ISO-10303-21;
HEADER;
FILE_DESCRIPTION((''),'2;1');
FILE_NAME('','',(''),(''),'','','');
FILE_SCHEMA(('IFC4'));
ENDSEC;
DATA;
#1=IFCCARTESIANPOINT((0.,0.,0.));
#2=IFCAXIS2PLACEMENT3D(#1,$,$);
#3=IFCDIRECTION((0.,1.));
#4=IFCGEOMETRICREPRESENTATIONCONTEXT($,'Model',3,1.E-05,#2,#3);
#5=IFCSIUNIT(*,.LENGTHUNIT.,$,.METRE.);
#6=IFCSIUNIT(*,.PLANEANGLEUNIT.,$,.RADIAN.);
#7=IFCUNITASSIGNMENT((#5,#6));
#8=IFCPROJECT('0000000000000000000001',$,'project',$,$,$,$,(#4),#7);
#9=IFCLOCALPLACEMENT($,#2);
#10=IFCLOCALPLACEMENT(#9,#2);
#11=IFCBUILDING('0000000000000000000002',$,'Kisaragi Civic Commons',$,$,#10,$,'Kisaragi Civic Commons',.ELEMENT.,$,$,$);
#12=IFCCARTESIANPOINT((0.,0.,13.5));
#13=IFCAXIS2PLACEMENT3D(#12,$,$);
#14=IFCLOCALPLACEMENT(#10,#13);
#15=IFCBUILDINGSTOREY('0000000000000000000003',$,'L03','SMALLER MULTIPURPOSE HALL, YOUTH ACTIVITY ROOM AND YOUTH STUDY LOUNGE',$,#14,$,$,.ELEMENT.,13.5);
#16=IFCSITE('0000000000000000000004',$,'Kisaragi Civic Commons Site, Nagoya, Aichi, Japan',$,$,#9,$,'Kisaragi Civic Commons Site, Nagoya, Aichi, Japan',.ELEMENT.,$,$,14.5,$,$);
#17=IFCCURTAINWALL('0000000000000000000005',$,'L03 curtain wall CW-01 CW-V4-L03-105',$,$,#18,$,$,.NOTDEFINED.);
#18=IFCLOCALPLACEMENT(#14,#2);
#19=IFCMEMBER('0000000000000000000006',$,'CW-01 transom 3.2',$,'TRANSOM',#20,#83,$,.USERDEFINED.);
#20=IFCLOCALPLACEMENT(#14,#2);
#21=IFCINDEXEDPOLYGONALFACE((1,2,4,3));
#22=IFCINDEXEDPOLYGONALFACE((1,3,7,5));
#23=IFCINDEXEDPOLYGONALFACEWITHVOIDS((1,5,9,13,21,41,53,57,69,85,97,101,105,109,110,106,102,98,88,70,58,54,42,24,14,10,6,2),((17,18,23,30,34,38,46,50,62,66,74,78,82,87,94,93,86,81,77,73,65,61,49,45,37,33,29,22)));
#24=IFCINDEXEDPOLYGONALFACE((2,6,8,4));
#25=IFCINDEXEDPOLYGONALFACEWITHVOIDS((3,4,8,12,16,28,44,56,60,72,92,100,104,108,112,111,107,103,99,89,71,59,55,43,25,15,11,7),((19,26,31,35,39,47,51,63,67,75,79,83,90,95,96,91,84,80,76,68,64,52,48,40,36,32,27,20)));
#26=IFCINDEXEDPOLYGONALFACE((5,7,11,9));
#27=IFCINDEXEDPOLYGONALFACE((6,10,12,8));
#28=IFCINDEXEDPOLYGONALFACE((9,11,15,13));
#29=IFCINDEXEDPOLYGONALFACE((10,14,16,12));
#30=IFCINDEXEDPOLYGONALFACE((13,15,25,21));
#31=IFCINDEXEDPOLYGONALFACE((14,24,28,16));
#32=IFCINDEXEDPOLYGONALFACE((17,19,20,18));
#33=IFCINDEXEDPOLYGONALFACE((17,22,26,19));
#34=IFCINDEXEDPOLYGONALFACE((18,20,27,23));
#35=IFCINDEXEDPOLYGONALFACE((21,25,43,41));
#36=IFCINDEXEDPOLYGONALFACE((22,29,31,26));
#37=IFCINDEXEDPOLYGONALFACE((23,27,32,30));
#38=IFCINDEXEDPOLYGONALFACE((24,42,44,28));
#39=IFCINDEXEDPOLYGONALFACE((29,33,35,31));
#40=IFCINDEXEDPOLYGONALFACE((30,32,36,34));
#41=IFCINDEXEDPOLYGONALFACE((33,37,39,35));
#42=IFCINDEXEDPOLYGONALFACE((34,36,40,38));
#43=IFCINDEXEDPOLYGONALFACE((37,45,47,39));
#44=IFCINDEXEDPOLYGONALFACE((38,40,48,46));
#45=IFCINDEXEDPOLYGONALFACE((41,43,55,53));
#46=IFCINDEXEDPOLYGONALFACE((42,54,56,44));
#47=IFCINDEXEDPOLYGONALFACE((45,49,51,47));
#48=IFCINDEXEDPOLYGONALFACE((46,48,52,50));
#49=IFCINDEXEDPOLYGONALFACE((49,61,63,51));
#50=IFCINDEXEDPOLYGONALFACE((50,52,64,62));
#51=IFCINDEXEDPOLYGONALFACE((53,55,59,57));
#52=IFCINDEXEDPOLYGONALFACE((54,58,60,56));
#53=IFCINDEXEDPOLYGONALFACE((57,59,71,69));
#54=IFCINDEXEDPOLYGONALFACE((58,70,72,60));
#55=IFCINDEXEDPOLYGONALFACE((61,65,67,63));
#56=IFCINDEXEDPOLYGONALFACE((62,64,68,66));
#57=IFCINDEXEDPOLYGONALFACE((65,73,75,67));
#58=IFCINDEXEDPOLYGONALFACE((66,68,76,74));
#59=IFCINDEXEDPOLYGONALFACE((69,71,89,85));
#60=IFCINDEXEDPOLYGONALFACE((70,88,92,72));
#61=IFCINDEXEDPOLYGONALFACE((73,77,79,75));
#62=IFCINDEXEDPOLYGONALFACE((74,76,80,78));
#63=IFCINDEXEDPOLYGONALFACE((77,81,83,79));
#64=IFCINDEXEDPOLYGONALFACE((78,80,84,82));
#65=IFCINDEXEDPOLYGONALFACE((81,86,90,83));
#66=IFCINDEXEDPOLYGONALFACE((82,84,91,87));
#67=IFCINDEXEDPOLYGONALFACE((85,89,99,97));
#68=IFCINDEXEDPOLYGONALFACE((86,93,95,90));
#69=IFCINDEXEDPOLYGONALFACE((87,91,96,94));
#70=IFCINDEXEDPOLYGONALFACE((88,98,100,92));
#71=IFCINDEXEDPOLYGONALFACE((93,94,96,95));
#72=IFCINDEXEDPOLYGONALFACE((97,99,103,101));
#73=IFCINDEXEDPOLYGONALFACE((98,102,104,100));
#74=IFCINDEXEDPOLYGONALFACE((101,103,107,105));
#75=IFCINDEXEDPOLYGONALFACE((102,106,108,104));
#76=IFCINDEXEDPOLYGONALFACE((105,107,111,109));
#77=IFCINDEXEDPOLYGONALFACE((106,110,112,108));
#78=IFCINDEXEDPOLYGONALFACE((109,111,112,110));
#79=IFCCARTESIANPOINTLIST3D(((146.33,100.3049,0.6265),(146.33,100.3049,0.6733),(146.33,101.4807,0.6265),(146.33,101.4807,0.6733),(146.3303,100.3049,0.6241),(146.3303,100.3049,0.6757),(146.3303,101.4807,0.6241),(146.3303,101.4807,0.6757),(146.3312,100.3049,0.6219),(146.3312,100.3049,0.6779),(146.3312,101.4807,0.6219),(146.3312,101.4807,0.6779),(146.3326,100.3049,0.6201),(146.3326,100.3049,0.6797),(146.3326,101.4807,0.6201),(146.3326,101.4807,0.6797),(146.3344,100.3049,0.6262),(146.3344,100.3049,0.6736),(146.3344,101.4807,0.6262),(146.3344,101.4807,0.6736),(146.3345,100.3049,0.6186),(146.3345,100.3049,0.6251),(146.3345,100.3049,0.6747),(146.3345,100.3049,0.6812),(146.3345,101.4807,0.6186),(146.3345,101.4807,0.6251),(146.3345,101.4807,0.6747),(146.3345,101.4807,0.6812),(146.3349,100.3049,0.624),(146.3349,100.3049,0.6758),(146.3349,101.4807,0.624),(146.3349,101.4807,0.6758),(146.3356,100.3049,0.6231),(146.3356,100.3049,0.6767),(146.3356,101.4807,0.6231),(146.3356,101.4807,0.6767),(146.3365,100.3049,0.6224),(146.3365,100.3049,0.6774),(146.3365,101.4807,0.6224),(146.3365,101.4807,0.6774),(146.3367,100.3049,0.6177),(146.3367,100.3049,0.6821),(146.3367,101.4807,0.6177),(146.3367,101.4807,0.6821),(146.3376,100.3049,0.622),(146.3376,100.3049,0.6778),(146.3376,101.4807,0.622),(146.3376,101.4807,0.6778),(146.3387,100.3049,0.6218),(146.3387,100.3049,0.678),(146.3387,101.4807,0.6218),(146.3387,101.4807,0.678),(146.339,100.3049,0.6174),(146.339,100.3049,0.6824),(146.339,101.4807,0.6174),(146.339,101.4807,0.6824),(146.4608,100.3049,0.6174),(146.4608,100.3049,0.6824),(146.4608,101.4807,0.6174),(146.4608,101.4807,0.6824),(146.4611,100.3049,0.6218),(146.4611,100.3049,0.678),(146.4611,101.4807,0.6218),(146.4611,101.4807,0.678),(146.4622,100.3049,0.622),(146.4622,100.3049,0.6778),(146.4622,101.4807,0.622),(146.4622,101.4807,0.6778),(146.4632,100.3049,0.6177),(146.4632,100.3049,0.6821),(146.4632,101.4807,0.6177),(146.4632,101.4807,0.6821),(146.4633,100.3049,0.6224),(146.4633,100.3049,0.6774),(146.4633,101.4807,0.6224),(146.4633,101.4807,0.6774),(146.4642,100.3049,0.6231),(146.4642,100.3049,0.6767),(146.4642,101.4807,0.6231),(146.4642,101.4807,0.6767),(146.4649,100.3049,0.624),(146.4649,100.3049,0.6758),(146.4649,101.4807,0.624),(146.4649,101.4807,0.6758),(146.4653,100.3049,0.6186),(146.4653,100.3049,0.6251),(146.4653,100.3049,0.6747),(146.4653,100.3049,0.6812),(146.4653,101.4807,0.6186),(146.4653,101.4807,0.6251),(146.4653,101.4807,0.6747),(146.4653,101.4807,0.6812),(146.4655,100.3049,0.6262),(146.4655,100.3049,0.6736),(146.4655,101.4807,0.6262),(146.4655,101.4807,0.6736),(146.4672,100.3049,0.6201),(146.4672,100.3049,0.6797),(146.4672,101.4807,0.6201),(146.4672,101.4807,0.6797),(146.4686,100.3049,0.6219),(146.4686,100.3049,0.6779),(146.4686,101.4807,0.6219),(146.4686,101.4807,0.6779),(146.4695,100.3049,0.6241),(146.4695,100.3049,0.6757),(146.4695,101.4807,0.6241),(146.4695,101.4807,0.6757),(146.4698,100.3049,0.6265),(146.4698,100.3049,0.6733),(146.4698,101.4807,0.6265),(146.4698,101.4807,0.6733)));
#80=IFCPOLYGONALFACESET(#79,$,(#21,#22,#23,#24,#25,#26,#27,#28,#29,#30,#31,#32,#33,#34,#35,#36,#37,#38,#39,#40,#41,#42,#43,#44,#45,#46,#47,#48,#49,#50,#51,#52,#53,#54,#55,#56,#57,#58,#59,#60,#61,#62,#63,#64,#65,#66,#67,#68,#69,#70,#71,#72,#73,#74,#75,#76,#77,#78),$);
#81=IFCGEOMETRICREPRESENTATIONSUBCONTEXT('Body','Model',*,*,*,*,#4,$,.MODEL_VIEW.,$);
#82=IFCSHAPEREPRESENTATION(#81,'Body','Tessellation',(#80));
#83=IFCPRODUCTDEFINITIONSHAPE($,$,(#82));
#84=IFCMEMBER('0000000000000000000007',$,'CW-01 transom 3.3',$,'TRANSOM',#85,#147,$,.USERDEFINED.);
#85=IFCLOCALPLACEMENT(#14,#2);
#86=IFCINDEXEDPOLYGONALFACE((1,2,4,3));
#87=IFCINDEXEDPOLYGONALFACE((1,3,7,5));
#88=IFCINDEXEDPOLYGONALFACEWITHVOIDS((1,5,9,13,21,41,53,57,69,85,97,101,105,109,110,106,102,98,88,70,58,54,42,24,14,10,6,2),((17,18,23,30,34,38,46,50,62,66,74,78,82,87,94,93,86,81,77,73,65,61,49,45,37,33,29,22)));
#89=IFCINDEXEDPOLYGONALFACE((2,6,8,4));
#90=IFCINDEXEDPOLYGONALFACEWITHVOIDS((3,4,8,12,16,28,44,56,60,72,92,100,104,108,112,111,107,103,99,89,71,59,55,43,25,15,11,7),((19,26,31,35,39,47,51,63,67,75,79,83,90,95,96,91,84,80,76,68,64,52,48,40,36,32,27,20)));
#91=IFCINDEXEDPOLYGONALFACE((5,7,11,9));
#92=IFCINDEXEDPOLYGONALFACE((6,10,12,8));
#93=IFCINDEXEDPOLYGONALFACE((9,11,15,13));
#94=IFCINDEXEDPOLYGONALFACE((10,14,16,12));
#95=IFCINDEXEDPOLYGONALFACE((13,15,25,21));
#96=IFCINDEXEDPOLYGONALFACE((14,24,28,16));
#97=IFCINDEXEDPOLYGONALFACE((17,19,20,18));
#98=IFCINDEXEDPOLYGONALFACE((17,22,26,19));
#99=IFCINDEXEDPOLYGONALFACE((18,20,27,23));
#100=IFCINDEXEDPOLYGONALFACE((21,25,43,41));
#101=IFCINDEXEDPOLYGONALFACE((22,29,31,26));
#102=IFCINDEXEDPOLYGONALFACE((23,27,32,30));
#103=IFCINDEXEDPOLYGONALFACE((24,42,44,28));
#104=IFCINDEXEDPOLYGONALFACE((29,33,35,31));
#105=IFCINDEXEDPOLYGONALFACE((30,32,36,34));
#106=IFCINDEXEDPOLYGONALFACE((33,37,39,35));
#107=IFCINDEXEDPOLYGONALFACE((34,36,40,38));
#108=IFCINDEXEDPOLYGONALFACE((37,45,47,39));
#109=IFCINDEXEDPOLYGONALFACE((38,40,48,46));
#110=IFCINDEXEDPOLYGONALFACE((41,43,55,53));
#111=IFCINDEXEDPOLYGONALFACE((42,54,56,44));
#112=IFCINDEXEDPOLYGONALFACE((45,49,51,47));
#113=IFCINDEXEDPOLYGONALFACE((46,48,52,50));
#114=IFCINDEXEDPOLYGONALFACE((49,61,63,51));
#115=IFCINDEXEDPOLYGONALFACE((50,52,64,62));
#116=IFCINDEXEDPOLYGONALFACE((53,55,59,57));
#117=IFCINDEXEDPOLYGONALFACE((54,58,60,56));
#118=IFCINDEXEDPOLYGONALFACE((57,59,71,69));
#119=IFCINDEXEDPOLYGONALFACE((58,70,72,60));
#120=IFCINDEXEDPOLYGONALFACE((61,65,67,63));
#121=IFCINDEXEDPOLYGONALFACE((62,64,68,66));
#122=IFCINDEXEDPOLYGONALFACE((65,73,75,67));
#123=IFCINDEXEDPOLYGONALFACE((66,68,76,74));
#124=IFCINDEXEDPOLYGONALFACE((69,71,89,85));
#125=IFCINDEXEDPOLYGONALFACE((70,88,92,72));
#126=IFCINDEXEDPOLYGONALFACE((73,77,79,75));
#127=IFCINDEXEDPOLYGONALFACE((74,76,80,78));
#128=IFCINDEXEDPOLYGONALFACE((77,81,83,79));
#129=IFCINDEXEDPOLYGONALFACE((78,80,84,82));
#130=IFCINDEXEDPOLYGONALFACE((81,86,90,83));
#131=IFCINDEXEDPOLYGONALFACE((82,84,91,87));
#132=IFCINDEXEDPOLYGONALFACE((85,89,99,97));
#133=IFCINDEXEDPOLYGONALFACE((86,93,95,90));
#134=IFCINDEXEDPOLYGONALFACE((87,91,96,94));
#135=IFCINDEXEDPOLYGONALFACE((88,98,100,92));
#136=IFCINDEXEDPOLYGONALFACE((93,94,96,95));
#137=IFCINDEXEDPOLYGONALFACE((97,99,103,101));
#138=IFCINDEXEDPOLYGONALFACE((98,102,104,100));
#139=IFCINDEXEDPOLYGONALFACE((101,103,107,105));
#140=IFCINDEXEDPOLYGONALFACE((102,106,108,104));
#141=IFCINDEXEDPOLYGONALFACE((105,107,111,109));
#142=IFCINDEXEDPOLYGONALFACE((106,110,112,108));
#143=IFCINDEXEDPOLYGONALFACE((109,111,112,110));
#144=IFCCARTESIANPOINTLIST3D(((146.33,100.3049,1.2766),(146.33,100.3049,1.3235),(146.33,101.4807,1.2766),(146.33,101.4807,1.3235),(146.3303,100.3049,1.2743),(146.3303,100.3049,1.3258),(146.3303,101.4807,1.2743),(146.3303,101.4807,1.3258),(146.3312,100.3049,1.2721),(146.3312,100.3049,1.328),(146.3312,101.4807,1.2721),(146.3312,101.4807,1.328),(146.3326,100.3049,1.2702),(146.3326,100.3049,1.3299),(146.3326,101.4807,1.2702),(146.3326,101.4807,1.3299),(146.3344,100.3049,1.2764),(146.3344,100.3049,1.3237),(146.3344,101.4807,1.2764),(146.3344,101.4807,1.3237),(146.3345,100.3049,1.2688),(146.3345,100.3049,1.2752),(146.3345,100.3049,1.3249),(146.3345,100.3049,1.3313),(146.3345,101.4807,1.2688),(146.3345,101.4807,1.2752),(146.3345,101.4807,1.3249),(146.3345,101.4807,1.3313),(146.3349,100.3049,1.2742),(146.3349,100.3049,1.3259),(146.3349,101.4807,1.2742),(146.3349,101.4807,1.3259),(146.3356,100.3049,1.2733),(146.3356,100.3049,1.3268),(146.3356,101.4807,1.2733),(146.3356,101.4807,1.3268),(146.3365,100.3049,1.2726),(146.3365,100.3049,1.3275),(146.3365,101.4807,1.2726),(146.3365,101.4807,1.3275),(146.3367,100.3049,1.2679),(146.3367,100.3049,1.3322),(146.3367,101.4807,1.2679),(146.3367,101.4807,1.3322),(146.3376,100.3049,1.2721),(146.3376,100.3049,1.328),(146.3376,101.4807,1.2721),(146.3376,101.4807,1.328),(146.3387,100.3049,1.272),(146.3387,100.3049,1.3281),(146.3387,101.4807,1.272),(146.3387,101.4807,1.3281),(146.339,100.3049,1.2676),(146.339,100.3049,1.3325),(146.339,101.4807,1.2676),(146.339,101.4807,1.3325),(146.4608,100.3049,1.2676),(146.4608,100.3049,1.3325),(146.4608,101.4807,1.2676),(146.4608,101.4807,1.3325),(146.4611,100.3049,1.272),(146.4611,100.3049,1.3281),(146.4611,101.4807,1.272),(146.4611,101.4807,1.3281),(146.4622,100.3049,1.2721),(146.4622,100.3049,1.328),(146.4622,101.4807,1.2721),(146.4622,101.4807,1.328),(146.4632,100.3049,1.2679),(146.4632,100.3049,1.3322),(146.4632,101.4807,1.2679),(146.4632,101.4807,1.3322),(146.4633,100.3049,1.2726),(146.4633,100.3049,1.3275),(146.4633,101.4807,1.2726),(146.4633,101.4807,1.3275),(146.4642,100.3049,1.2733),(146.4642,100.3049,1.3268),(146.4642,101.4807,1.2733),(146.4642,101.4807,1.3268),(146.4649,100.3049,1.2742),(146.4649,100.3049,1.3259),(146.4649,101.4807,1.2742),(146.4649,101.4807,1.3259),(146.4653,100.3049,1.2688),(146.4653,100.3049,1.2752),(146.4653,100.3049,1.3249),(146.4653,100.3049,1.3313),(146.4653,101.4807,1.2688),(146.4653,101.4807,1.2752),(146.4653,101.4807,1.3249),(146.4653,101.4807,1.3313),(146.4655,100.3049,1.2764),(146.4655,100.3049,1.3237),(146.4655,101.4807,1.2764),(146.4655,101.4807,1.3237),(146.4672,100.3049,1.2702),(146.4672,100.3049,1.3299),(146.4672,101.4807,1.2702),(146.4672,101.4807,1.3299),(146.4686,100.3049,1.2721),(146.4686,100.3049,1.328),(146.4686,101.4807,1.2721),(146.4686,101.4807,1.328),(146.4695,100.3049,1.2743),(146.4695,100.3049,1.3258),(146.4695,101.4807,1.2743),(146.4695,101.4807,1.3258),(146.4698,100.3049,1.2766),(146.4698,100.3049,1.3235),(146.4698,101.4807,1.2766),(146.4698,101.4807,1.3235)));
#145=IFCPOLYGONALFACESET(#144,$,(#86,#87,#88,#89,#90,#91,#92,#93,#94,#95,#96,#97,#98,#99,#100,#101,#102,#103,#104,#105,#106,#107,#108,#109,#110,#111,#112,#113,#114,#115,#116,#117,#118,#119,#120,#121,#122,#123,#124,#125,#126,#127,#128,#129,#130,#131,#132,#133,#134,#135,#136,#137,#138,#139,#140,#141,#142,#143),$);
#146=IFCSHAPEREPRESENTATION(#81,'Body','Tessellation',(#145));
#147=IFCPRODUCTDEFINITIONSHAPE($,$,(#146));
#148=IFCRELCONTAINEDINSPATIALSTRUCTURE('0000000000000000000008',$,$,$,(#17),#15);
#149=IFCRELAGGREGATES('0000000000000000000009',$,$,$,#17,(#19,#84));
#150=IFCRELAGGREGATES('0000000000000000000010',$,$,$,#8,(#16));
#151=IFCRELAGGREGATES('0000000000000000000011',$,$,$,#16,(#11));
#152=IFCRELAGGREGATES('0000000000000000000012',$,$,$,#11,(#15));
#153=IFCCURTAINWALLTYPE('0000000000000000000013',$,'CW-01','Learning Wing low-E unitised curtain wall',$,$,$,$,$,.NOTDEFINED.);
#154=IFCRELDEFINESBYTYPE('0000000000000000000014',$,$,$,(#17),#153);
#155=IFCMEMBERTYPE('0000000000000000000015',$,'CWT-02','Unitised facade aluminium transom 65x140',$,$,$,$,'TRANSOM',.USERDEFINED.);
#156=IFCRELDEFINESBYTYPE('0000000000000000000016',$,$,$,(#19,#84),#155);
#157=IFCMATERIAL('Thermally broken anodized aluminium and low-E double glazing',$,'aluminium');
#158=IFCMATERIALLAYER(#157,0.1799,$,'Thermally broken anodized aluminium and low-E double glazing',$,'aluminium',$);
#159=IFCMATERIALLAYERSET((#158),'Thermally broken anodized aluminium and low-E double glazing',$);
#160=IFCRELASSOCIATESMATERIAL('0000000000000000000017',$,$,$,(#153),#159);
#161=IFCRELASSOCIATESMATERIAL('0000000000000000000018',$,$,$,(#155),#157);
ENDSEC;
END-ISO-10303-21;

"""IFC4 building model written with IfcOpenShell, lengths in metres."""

from ifc_helpers import new_model, si_unit, direction, frame, origin, origin_2d, place, context, subcontext, project, spatial, hollow_rectangle, extrude, material, layer, layer_set, material_profile, profile_set, type_object, element, aggregate, save


model = new_model("IFC4")

# Units and contexts
model_context = context("Model", 3, precision=1e-05, world=origin(), true_north=direction((0.0, 1.0)))
body_context = subcontext(model_context, "Body", "Model", "MODEL_VIEW")
ifc_project = project(units=[si_unit("LENGTHUNIT", "METRE"), si_unit("PLANEANGLEUNIT", "RADIAN")], contexts=[model_context])

# Site, building, storey
site_placement = place(None, origin())
site = spatial("IfcSite", under=ifc_project, at=site_placement, Name="Kisaragi Civic Commons Site, Nagoya, Aichi, Japan", LongName="Kisaragi Civic Commons Site, Nagoya, Aichi, Japan", CompositionType="ELEMENT", RefElevation=14.5)
building_placement = place(site_placement, origin())
building = spatial("IfcBuilding", under=site, at=building_placement, Name="Kisaragi Civic Commons", LongName="Kisaragi Civic Commons", CompositionType="ELEMENT")
storey_placement = place(building_placement, frame((0.0, 0.0, 13.5)))
storey = spatial("IfcBuildingStorey", under=building, at=storey_placement, Name="L03", Description="SMALLER MULTIPURPOSE HALL, YOUTH ACTIVITY ROOM AND YOUTH STUDY LOUNGE", CompositionType="ELEMENT", Elevation=13.5)

# Curtain wall, members
ifc_material_1 = material(Name="Thermally broken anodized aluminium and low-E double glazing", Category="aluminium")
ifc_layer_1 = layer(ifc_material_1, 0.1799, Name="Thermally broken anodized aluminium and low-E double glazing", Category="aluminium")
ifc_layer_set_1 = layer_set([ifc_layer_1], Name="Thermally broken anodized aluminium and low-E double glazing")
curtain_wall_type = type_object("IfcCurtainWallType", Name="CW-01", Description="Learning Wing low-E unitised curtain wall", PredefinedType="NOTDEFINED", material=ifc_layer_set_1)
curtain_wall_placement = place(storey_placement, origin())
curtain_wall = element("IfcCurtainWall", 1, at=curtain_wall_placement, inside=storey, type_object=curtain_wall_type, Name="L03 curtain wall CW-01 CW-V4-L03-105", PredefinedType="NOTDEFINED")
ifc_material_profile_1 = material_profile(ifc_material_1, hollow_rectangle(XDim=0.1399, YDim=0.0649, WallThickness=0.0044, InnerFilletRadius=0.0044, OuterFilletRadius=0.009, at=origin_2d()), Name="CWT-65x140x4.5", Category="aluminium")
ifc_profile_set_1 = profile_set([ifc_material_profile_1], Name="Thermally broken anodized aluminium and low-E double glazing")
member_type_1 = type_object("IfcMemberType", Name="CWT-02", Description="Unitised facade aluminium transom 65x140", ElementType="TRANSOM", PredefinedType="USERDEFINED", material=ifc_profile_set_1)
member_1_placement = place(storey_placement, frame((146.3999, 101.4807, 0.6499), z_axis=(0.0, -1.0, 0.0), x_axis=(1.0, 0.0, 0.0)))
member_1 = element("IfcMember", 2, at=member_1_placement, type_object=member_type_1, Name="CW-01 transom 3.2", ObjectType="TRANSOM", PredefinedType="USERDEFINED", context=body_context, shape_type="SweptSolid", body=[
    extrude(hollow_rectangle(XDim=0.1399, YDim=0.0649, WallThickness=0.0044, InnerFilletRadius=0.0044, OuterFilletRadius=0.009, at=origin_2d()), origin(), (0.0, 0.0, 1.0), 1.1758),
])
member_2_placement = place(storey_placement, frame((146.3999, 101.4807, 1.3), z_axis=(0.0, -1.0, 0.0), x_axis=(1.0, 0.0, 0.0)))
member_2 = element("IfcMember", 3, at=member_2_placement, type_object=member_type_1, Name="CW-01 transom 3.3", ObjectType="TRANSOM", PredefinedType="USERDEFINED", context=body_context, shape_type="SweptSolid", body=[
    extrude(hollow_rectangle(XDim=0.1399, YDim=0.0649, WallThickness=0.0044, InnerFilletRadius=0.0044, OuterFilletRadius=0.009, at=origin_2d()), origin(), (0.0, 0.0, 1.0), 1.1758),
])
aggregate(curtain_wall, [member_1, member_2])

save(model, "model.ifc")
